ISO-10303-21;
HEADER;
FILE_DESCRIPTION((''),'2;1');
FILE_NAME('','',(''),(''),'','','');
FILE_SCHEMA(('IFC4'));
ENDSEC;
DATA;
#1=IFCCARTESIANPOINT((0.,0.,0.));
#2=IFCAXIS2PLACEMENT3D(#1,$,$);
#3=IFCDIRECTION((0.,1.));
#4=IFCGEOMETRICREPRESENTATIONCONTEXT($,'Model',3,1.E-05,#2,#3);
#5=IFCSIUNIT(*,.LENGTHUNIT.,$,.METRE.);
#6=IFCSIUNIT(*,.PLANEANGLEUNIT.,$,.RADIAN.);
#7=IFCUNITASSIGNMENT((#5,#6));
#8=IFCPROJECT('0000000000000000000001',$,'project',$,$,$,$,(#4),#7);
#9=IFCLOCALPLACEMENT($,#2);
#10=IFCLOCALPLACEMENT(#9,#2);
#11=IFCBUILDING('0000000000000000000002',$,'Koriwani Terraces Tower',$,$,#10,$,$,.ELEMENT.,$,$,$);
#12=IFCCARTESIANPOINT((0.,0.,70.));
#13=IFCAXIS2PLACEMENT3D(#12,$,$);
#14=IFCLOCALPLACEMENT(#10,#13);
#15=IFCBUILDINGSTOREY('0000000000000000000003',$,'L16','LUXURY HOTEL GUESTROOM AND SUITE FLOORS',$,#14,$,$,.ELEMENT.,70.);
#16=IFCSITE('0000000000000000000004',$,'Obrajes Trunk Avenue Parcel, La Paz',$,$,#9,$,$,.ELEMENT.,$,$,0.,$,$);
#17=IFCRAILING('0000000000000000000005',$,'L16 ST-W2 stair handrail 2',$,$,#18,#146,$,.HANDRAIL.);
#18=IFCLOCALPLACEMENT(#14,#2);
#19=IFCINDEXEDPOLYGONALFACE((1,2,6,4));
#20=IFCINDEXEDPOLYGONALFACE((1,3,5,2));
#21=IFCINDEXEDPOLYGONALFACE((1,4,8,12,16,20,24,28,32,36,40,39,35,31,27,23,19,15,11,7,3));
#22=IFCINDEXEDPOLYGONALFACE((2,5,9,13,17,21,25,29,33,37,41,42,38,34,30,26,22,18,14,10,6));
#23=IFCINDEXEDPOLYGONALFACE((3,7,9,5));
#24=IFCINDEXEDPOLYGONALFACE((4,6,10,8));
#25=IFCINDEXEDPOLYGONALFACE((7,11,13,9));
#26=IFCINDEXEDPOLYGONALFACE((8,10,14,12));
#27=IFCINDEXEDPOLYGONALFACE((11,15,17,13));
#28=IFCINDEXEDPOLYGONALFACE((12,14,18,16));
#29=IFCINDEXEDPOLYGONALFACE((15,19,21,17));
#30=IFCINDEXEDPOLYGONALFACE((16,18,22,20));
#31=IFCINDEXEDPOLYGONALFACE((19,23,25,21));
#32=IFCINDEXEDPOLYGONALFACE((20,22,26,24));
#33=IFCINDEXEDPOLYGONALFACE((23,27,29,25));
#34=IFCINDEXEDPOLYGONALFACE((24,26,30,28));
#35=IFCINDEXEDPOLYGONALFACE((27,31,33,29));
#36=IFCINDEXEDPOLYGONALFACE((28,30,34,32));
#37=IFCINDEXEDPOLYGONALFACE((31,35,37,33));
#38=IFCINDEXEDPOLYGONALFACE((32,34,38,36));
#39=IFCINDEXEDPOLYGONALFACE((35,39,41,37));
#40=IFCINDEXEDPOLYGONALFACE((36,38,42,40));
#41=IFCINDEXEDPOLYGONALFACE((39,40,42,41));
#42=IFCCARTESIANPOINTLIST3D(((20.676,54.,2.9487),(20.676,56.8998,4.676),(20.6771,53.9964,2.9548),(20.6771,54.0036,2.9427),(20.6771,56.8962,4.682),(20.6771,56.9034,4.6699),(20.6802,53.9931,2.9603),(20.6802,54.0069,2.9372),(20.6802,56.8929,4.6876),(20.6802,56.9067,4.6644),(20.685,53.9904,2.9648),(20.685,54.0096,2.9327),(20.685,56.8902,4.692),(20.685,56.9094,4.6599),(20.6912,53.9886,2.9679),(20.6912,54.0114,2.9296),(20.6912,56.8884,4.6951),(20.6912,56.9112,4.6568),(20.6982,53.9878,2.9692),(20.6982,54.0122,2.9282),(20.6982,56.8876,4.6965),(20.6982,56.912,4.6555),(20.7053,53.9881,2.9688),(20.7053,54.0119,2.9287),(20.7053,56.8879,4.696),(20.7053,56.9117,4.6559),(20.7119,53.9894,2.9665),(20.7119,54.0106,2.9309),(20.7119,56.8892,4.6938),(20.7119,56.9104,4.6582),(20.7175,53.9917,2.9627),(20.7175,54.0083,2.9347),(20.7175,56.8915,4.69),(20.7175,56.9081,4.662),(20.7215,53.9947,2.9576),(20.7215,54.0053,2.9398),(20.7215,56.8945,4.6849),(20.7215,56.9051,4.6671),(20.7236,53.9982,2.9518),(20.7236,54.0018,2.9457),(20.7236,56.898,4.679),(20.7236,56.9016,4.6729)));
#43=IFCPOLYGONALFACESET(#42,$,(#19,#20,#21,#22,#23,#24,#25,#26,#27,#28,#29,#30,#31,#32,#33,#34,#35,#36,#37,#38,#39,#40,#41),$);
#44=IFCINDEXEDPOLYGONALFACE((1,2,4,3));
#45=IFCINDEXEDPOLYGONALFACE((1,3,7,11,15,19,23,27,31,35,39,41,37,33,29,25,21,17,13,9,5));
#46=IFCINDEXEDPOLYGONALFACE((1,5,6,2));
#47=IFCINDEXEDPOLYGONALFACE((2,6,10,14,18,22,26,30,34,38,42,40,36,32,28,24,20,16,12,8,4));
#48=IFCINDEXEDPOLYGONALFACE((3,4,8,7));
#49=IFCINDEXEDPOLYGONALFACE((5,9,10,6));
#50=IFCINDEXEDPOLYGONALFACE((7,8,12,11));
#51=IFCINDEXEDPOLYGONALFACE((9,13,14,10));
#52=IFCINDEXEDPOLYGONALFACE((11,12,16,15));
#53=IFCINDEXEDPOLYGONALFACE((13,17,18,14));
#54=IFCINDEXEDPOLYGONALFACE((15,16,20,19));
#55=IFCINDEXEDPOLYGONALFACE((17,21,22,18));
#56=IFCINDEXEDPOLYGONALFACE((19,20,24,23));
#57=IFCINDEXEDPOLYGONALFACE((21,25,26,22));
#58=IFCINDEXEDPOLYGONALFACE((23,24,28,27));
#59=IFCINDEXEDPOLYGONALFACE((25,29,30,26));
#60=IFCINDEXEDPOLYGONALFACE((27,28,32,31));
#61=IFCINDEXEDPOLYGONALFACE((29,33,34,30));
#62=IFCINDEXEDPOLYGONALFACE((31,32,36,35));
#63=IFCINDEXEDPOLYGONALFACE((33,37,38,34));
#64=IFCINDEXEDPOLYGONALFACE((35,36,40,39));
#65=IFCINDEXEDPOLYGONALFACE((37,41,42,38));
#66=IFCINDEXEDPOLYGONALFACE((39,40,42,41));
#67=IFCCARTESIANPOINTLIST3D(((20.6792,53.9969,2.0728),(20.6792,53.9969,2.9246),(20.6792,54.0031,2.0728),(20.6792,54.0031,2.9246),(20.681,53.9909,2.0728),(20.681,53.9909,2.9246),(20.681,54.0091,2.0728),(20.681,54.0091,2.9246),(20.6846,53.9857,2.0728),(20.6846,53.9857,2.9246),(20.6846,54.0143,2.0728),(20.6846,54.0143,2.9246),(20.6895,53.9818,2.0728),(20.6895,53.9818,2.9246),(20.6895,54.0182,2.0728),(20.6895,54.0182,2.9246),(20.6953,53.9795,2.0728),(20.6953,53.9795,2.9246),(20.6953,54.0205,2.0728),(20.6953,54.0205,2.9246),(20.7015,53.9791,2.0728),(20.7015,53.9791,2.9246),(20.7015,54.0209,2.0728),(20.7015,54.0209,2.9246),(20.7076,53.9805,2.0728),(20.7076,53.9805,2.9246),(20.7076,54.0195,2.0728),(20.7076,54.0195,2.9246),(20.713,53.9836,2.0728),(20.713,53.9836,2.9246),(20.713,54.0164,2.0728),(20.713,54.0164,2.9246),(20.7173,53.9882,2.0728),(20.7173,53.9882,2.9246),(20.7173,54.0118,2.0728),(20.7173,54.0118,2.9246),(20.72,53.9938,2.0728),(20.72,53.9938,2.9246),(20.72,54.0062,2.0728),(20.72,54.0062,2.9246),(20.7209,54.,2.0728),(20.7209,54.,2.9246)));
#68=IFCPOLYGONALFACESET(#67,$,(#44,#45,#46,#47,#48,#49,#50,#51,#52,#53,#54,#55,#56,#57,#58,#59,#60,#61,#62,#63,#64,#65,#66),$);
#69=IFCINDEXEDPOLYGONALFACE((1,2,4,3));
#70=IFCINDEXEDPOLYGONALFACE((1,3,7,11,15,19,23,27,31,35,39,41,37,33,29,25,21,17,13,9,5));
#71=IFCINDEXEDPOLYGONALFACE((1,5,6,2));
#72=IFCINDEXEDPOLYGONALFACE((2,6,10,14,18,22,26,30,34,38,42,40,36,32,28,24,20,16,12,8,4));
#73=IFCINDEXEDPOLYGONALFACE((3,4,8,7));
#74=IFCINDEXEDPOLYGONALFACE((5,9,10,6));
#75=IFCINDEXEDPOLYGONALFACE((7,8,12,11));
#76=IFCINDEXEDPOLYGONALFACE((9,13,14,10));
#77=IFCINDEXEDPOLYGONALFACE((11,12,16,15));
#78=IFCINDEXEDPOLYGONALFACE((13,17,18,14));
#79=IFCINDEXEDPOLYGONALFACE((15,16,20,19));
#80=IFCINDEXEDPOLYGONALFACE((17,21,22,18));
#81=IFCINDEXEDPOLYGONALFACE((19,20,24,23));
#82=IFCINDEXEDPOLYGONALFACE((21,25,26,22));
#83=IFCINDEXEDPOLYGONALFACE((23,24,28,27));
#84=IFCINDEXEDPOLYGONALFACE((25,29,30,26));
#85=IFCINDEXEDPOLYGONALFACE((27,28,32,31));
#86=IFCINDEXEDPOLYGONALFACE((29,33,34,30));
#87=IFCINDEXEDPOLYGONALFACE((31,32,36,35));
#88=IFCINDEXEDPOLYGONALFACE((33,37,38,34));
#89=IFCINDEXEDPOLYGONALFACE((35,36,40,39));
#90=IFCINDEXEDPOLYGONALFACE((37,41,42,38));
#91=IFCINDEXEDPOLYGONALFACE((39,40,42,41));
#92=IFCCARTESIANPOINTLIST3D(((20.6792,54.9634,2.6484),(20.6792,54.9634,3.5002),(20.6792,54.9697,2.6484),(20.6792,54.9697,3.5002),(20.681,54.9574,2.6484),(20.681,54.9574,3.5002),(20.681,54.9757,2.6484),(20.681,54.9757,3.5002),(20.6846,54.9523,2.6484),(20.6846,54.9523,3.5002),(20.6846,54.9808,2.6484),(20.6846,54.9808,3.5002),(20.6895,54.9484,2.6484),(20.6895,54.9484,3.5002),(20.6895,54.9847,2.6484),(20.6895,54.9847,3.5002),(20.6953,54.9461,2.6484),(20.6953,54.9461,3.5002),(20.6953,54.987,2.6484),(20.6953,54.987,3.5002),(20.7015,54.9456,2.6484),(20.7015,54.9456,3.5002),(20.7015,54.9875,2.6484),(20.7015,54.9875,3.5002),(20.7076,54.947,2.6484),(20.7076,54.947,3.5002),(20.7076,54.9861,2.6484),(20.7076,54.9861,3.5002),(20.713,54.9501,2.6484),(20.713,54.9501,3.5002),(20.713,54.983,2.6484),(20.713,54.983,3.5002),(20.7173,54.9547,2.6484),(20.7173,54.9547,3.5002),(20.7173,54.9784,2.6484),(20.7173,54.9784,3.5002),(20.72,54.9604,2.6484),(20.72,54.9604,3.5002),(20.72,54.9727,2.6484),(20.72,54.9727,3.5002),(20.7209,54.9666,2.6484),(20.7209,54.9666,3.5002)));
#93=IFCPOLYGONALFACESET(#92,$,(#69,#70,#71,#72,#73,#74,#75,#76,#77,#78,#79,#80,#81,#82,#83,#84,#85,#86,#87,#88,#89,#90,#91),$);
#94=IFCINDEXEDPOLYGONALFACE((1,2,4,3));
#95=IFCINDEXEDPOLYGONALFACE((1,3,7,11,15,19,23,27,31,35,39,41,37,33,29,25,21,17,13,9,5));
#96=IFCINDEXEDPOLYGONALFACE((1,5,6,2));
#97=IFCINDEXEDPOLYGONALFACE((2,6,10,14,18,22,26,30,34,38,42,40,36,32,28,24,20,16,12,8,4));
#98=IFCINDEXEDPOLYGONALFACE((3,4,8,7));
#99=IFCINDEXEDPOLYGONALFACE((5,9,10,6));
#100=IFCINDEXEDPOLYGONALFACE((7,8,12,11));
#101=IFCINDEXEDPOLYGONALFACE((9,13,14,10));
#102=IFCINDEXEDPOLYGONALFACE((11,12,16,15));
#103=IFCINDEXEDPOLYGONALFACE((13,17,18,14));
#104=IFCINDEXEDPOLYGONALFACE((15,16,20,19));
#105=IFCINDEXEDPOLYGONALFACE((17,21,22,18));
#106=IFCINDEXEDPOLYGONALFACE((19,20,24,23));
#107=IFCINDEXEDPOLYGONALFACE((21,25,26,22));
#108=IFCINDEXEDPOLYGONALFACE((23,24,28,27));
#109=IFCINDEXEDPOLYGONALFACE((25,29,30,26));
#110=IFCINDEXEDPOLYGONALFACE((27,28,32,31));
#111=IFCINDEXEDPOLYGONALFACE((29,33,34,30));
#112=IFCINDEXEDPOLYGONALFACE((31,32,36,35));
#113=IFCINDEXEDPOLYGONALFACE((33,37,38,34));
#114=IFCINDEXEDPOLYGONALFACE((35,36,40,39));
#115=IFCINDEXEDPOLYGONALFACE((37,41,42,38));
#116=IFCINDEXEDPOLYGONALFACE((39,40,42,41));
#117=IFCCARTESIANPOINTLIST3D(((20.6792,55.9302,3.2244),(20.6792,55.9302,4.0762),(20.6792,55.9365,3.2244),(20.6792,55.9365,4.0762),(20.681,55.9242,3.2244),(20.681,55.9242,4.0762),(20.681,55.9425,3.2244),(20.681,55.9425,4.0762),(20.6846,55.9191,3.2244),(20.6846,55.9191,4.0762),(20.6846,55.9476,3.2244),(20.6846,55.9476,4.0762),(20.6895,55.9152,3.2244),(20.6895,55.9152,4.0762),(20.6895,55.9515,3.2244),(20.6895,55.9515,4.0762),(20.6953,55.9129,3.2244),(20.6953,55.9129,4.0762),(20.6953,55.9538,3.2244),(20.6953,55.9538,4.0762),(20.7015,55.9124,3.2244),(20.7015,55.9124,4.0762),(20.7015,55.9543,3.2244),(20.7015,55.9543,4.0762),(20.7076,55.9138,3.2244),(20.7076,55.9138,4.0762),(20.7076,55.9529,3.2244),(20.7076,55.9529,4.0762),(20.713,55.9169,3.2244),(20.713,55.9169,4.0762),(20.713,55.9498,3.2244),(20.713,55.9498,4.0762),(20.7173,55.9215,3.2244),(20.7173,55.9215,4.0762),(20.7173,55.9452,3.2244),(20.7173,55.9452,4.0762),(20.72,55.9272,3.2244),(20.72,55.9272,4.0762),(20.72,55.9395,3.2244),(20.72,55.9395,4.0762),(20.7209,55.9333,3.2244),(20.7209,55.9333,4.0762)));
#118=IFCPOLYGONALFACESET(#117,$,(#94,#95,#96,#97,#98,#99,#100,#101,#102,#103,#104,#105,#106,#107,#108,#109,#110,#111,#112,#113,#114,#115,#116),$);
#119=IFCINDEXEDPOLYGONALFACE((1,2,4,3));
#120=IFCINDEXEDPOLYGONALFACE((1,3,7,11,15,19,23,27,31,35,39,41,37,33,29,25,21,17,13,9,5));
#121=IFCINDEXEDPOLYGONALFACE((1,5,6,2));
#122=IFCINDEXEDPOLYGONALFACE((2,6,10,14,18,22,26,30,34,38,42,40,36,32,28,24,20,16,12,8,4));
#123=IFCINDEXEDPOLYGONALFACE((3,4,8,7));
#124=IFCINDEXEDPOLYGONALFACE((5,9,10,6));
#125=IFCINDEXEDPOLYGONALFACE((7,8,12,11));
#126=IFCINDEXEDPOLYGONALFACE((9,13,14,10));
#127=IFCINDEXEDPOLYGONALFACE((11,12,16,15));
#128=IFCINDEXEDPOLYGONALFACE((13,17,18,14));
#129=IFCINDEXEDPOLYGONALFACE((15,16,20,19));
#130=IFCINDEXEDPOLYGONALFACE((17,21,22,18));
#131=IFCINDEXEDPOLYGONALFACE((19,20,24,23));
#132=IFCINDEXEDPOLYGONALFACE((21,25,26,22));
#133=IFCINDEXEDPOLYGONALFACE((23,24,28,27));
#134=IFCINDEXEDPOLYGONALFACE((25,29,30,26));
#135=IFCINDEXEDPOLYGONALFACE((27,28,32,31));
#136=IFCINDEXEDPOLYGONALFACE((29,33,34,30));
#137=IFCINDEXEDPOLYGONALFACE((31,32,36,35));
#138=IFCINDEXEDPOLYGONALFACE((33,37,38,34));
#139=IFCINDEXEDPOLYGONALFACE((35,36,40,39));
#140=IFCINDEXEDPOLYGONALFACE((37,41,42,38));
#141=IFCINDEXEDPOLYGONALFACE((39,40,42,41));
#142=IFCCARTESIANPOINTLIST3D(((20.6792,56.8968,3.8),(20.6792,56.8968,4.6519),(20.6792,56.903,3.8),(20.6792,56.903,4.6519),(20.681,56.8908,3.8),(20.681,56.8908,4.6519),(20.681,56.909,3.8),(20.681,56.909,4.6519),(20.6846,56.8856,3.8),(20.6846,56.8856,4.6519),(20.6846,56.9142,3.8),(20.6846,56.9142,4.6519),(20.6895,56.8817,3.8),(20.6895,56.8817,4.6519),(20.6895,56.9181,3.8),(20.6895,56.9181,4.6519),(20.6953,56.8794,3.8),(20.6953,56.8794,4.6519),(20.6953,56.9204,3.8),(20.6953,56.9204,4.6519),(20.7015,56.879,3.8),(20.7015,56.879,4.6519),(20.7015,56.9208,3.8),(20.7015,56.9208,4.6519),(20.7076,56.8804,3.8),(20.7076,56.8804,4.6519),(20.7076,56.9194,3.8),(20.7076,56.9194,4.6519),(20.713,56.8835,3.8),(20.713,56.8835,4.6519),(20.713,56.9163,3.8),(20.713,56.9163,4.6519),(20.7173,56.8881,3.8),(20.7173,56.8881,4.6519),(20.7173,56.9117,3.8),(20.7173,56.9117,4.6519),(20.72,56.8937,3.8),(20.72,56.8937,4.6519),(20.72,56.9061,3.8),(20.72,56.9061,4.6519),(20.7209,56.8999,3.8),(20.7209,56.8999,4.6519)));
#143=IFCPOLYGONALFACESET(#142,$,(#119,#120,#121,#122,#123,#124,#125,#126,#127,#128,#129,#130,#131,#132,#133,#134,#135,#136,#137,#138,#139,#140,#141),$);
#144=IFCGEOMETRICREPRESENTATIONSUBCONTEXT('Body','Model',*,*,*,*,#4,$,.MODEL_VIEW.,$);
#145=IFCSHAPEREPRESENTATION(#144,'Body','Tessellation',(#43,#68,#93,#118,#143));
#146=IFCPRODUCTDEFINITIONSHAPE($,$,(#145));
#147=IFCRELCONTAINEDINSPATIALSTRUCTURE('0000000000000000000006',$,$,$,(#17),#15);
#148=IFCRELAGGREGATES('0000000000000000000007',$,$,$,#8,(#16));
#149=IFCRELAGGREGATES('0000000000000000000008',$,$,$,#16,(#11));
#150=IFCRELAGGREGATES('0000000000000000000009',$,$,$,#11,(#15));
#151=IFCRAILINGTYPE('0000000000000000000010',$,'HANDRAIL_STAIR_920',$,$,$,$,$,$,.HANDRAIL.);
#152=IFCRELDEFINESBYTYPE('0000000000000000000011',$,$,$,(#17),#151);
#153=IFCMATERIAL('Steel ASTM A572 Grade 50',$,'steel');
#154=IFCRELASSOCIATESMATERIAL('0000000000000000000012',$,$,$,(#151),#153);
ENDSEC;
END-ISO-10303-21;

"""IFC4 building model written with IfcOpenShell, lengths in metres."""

from ifc_helpers import new_model, si_unit, direction, frame, origin, origin_2d, place, context, subcontext, project, spatial, circle, extrude, material, type_object, element, save


model = new_model("IFC4")

# Units and contexts
model_context = context("Model", 3, precision=1e-05, world=origin(), true_north=direction((0.0, 1.0)))
body_context = subcontext(model_context, "Body", "Model", "MODEL_VIEW")
ifc_project = project(units=[si_unit("LENGTHUNIT", "METRE"), si_unit("PLANEANGLEUNIT", "RADIAN")], contexts=[model_context])

# Site, building, storey
site_placement = place(None, origin())
site = spatial("IfcSite", under=ifc_project, at=site_placement, Name="Obrajes Trunk Avenue Parcel, La Paz", CompositionType="ELEMENT", RefElevation=0.0)
building_placement = place(site_placement, origin())
building = spatial("IfcBuilding", under=site, at=building_placement, Name="Koriwani Terraces Tower", CompositionType="ELEMENT")
storey_placement = place(building_placement, frame((0.0, 0.0, 70.0)))
storey = spatial("IfcBuildingStorey", under=building, at=storey_placement, Name="L16", Description="LUXURY HOTEL GUESTROOM AND SUITE FLOORS", CompositionType="ELEMENT", Elevation=70.0)

# Shared definitions
ifc_material_1 = material(Name="Steel ASTM A572 Grade 50", Category="steel")

# Railing
railing_type_1 = type_object("IfcRailingType", Name="HANDRAIL_STAIR_920", PredefinedType="HANDRAIL", material=ifc_material_1)
railing_1_placement = place(storey_placement, frame((20.7, 54.0, 2.0728)))
element("IfcRailing", 1, at=railing_1_placement, inside=storey, type_object=railing_type_1, Name="L16 ST-W2 stair handrail 2", PredefinedType="HANDRAIL", context=body_context, shape_type="SweptSolid", body=[
    extrude(circle(Radius=0.0239, at=origin_2d()), frame((0.0, 0.0, 0.876), z_axis=(0.0, 0.859141, 0.511738), x_axis=(-1.0, 0.0, 0.0)), (0.0, 0.0, 1.0), 3.3752),
    extrude(circle(Radius=0.021, at=origin_2d()), origin(), (0.0, 0.0, 1.0), 0.8518),
    extrude(circle(Radius=0.021, at=origin_2d()), frame((0.0, 0.9666, 0.5757)), (0.0, 0.0, 1.0), 0.8518),
    extrude(circle(Radius=0.021, at=origin_2d()), frame((0.0, 1.9333, 1.1516)), (0.0, 0.0, 1.0), 0.8518),
    extrude(circle(Radius=0.021, at=origin_2d()), frame((0.0, 2.8999, 1.7273)), (0.0, 0.0, 1.0), 0.8518),
])

save(model, "model.ifc")
